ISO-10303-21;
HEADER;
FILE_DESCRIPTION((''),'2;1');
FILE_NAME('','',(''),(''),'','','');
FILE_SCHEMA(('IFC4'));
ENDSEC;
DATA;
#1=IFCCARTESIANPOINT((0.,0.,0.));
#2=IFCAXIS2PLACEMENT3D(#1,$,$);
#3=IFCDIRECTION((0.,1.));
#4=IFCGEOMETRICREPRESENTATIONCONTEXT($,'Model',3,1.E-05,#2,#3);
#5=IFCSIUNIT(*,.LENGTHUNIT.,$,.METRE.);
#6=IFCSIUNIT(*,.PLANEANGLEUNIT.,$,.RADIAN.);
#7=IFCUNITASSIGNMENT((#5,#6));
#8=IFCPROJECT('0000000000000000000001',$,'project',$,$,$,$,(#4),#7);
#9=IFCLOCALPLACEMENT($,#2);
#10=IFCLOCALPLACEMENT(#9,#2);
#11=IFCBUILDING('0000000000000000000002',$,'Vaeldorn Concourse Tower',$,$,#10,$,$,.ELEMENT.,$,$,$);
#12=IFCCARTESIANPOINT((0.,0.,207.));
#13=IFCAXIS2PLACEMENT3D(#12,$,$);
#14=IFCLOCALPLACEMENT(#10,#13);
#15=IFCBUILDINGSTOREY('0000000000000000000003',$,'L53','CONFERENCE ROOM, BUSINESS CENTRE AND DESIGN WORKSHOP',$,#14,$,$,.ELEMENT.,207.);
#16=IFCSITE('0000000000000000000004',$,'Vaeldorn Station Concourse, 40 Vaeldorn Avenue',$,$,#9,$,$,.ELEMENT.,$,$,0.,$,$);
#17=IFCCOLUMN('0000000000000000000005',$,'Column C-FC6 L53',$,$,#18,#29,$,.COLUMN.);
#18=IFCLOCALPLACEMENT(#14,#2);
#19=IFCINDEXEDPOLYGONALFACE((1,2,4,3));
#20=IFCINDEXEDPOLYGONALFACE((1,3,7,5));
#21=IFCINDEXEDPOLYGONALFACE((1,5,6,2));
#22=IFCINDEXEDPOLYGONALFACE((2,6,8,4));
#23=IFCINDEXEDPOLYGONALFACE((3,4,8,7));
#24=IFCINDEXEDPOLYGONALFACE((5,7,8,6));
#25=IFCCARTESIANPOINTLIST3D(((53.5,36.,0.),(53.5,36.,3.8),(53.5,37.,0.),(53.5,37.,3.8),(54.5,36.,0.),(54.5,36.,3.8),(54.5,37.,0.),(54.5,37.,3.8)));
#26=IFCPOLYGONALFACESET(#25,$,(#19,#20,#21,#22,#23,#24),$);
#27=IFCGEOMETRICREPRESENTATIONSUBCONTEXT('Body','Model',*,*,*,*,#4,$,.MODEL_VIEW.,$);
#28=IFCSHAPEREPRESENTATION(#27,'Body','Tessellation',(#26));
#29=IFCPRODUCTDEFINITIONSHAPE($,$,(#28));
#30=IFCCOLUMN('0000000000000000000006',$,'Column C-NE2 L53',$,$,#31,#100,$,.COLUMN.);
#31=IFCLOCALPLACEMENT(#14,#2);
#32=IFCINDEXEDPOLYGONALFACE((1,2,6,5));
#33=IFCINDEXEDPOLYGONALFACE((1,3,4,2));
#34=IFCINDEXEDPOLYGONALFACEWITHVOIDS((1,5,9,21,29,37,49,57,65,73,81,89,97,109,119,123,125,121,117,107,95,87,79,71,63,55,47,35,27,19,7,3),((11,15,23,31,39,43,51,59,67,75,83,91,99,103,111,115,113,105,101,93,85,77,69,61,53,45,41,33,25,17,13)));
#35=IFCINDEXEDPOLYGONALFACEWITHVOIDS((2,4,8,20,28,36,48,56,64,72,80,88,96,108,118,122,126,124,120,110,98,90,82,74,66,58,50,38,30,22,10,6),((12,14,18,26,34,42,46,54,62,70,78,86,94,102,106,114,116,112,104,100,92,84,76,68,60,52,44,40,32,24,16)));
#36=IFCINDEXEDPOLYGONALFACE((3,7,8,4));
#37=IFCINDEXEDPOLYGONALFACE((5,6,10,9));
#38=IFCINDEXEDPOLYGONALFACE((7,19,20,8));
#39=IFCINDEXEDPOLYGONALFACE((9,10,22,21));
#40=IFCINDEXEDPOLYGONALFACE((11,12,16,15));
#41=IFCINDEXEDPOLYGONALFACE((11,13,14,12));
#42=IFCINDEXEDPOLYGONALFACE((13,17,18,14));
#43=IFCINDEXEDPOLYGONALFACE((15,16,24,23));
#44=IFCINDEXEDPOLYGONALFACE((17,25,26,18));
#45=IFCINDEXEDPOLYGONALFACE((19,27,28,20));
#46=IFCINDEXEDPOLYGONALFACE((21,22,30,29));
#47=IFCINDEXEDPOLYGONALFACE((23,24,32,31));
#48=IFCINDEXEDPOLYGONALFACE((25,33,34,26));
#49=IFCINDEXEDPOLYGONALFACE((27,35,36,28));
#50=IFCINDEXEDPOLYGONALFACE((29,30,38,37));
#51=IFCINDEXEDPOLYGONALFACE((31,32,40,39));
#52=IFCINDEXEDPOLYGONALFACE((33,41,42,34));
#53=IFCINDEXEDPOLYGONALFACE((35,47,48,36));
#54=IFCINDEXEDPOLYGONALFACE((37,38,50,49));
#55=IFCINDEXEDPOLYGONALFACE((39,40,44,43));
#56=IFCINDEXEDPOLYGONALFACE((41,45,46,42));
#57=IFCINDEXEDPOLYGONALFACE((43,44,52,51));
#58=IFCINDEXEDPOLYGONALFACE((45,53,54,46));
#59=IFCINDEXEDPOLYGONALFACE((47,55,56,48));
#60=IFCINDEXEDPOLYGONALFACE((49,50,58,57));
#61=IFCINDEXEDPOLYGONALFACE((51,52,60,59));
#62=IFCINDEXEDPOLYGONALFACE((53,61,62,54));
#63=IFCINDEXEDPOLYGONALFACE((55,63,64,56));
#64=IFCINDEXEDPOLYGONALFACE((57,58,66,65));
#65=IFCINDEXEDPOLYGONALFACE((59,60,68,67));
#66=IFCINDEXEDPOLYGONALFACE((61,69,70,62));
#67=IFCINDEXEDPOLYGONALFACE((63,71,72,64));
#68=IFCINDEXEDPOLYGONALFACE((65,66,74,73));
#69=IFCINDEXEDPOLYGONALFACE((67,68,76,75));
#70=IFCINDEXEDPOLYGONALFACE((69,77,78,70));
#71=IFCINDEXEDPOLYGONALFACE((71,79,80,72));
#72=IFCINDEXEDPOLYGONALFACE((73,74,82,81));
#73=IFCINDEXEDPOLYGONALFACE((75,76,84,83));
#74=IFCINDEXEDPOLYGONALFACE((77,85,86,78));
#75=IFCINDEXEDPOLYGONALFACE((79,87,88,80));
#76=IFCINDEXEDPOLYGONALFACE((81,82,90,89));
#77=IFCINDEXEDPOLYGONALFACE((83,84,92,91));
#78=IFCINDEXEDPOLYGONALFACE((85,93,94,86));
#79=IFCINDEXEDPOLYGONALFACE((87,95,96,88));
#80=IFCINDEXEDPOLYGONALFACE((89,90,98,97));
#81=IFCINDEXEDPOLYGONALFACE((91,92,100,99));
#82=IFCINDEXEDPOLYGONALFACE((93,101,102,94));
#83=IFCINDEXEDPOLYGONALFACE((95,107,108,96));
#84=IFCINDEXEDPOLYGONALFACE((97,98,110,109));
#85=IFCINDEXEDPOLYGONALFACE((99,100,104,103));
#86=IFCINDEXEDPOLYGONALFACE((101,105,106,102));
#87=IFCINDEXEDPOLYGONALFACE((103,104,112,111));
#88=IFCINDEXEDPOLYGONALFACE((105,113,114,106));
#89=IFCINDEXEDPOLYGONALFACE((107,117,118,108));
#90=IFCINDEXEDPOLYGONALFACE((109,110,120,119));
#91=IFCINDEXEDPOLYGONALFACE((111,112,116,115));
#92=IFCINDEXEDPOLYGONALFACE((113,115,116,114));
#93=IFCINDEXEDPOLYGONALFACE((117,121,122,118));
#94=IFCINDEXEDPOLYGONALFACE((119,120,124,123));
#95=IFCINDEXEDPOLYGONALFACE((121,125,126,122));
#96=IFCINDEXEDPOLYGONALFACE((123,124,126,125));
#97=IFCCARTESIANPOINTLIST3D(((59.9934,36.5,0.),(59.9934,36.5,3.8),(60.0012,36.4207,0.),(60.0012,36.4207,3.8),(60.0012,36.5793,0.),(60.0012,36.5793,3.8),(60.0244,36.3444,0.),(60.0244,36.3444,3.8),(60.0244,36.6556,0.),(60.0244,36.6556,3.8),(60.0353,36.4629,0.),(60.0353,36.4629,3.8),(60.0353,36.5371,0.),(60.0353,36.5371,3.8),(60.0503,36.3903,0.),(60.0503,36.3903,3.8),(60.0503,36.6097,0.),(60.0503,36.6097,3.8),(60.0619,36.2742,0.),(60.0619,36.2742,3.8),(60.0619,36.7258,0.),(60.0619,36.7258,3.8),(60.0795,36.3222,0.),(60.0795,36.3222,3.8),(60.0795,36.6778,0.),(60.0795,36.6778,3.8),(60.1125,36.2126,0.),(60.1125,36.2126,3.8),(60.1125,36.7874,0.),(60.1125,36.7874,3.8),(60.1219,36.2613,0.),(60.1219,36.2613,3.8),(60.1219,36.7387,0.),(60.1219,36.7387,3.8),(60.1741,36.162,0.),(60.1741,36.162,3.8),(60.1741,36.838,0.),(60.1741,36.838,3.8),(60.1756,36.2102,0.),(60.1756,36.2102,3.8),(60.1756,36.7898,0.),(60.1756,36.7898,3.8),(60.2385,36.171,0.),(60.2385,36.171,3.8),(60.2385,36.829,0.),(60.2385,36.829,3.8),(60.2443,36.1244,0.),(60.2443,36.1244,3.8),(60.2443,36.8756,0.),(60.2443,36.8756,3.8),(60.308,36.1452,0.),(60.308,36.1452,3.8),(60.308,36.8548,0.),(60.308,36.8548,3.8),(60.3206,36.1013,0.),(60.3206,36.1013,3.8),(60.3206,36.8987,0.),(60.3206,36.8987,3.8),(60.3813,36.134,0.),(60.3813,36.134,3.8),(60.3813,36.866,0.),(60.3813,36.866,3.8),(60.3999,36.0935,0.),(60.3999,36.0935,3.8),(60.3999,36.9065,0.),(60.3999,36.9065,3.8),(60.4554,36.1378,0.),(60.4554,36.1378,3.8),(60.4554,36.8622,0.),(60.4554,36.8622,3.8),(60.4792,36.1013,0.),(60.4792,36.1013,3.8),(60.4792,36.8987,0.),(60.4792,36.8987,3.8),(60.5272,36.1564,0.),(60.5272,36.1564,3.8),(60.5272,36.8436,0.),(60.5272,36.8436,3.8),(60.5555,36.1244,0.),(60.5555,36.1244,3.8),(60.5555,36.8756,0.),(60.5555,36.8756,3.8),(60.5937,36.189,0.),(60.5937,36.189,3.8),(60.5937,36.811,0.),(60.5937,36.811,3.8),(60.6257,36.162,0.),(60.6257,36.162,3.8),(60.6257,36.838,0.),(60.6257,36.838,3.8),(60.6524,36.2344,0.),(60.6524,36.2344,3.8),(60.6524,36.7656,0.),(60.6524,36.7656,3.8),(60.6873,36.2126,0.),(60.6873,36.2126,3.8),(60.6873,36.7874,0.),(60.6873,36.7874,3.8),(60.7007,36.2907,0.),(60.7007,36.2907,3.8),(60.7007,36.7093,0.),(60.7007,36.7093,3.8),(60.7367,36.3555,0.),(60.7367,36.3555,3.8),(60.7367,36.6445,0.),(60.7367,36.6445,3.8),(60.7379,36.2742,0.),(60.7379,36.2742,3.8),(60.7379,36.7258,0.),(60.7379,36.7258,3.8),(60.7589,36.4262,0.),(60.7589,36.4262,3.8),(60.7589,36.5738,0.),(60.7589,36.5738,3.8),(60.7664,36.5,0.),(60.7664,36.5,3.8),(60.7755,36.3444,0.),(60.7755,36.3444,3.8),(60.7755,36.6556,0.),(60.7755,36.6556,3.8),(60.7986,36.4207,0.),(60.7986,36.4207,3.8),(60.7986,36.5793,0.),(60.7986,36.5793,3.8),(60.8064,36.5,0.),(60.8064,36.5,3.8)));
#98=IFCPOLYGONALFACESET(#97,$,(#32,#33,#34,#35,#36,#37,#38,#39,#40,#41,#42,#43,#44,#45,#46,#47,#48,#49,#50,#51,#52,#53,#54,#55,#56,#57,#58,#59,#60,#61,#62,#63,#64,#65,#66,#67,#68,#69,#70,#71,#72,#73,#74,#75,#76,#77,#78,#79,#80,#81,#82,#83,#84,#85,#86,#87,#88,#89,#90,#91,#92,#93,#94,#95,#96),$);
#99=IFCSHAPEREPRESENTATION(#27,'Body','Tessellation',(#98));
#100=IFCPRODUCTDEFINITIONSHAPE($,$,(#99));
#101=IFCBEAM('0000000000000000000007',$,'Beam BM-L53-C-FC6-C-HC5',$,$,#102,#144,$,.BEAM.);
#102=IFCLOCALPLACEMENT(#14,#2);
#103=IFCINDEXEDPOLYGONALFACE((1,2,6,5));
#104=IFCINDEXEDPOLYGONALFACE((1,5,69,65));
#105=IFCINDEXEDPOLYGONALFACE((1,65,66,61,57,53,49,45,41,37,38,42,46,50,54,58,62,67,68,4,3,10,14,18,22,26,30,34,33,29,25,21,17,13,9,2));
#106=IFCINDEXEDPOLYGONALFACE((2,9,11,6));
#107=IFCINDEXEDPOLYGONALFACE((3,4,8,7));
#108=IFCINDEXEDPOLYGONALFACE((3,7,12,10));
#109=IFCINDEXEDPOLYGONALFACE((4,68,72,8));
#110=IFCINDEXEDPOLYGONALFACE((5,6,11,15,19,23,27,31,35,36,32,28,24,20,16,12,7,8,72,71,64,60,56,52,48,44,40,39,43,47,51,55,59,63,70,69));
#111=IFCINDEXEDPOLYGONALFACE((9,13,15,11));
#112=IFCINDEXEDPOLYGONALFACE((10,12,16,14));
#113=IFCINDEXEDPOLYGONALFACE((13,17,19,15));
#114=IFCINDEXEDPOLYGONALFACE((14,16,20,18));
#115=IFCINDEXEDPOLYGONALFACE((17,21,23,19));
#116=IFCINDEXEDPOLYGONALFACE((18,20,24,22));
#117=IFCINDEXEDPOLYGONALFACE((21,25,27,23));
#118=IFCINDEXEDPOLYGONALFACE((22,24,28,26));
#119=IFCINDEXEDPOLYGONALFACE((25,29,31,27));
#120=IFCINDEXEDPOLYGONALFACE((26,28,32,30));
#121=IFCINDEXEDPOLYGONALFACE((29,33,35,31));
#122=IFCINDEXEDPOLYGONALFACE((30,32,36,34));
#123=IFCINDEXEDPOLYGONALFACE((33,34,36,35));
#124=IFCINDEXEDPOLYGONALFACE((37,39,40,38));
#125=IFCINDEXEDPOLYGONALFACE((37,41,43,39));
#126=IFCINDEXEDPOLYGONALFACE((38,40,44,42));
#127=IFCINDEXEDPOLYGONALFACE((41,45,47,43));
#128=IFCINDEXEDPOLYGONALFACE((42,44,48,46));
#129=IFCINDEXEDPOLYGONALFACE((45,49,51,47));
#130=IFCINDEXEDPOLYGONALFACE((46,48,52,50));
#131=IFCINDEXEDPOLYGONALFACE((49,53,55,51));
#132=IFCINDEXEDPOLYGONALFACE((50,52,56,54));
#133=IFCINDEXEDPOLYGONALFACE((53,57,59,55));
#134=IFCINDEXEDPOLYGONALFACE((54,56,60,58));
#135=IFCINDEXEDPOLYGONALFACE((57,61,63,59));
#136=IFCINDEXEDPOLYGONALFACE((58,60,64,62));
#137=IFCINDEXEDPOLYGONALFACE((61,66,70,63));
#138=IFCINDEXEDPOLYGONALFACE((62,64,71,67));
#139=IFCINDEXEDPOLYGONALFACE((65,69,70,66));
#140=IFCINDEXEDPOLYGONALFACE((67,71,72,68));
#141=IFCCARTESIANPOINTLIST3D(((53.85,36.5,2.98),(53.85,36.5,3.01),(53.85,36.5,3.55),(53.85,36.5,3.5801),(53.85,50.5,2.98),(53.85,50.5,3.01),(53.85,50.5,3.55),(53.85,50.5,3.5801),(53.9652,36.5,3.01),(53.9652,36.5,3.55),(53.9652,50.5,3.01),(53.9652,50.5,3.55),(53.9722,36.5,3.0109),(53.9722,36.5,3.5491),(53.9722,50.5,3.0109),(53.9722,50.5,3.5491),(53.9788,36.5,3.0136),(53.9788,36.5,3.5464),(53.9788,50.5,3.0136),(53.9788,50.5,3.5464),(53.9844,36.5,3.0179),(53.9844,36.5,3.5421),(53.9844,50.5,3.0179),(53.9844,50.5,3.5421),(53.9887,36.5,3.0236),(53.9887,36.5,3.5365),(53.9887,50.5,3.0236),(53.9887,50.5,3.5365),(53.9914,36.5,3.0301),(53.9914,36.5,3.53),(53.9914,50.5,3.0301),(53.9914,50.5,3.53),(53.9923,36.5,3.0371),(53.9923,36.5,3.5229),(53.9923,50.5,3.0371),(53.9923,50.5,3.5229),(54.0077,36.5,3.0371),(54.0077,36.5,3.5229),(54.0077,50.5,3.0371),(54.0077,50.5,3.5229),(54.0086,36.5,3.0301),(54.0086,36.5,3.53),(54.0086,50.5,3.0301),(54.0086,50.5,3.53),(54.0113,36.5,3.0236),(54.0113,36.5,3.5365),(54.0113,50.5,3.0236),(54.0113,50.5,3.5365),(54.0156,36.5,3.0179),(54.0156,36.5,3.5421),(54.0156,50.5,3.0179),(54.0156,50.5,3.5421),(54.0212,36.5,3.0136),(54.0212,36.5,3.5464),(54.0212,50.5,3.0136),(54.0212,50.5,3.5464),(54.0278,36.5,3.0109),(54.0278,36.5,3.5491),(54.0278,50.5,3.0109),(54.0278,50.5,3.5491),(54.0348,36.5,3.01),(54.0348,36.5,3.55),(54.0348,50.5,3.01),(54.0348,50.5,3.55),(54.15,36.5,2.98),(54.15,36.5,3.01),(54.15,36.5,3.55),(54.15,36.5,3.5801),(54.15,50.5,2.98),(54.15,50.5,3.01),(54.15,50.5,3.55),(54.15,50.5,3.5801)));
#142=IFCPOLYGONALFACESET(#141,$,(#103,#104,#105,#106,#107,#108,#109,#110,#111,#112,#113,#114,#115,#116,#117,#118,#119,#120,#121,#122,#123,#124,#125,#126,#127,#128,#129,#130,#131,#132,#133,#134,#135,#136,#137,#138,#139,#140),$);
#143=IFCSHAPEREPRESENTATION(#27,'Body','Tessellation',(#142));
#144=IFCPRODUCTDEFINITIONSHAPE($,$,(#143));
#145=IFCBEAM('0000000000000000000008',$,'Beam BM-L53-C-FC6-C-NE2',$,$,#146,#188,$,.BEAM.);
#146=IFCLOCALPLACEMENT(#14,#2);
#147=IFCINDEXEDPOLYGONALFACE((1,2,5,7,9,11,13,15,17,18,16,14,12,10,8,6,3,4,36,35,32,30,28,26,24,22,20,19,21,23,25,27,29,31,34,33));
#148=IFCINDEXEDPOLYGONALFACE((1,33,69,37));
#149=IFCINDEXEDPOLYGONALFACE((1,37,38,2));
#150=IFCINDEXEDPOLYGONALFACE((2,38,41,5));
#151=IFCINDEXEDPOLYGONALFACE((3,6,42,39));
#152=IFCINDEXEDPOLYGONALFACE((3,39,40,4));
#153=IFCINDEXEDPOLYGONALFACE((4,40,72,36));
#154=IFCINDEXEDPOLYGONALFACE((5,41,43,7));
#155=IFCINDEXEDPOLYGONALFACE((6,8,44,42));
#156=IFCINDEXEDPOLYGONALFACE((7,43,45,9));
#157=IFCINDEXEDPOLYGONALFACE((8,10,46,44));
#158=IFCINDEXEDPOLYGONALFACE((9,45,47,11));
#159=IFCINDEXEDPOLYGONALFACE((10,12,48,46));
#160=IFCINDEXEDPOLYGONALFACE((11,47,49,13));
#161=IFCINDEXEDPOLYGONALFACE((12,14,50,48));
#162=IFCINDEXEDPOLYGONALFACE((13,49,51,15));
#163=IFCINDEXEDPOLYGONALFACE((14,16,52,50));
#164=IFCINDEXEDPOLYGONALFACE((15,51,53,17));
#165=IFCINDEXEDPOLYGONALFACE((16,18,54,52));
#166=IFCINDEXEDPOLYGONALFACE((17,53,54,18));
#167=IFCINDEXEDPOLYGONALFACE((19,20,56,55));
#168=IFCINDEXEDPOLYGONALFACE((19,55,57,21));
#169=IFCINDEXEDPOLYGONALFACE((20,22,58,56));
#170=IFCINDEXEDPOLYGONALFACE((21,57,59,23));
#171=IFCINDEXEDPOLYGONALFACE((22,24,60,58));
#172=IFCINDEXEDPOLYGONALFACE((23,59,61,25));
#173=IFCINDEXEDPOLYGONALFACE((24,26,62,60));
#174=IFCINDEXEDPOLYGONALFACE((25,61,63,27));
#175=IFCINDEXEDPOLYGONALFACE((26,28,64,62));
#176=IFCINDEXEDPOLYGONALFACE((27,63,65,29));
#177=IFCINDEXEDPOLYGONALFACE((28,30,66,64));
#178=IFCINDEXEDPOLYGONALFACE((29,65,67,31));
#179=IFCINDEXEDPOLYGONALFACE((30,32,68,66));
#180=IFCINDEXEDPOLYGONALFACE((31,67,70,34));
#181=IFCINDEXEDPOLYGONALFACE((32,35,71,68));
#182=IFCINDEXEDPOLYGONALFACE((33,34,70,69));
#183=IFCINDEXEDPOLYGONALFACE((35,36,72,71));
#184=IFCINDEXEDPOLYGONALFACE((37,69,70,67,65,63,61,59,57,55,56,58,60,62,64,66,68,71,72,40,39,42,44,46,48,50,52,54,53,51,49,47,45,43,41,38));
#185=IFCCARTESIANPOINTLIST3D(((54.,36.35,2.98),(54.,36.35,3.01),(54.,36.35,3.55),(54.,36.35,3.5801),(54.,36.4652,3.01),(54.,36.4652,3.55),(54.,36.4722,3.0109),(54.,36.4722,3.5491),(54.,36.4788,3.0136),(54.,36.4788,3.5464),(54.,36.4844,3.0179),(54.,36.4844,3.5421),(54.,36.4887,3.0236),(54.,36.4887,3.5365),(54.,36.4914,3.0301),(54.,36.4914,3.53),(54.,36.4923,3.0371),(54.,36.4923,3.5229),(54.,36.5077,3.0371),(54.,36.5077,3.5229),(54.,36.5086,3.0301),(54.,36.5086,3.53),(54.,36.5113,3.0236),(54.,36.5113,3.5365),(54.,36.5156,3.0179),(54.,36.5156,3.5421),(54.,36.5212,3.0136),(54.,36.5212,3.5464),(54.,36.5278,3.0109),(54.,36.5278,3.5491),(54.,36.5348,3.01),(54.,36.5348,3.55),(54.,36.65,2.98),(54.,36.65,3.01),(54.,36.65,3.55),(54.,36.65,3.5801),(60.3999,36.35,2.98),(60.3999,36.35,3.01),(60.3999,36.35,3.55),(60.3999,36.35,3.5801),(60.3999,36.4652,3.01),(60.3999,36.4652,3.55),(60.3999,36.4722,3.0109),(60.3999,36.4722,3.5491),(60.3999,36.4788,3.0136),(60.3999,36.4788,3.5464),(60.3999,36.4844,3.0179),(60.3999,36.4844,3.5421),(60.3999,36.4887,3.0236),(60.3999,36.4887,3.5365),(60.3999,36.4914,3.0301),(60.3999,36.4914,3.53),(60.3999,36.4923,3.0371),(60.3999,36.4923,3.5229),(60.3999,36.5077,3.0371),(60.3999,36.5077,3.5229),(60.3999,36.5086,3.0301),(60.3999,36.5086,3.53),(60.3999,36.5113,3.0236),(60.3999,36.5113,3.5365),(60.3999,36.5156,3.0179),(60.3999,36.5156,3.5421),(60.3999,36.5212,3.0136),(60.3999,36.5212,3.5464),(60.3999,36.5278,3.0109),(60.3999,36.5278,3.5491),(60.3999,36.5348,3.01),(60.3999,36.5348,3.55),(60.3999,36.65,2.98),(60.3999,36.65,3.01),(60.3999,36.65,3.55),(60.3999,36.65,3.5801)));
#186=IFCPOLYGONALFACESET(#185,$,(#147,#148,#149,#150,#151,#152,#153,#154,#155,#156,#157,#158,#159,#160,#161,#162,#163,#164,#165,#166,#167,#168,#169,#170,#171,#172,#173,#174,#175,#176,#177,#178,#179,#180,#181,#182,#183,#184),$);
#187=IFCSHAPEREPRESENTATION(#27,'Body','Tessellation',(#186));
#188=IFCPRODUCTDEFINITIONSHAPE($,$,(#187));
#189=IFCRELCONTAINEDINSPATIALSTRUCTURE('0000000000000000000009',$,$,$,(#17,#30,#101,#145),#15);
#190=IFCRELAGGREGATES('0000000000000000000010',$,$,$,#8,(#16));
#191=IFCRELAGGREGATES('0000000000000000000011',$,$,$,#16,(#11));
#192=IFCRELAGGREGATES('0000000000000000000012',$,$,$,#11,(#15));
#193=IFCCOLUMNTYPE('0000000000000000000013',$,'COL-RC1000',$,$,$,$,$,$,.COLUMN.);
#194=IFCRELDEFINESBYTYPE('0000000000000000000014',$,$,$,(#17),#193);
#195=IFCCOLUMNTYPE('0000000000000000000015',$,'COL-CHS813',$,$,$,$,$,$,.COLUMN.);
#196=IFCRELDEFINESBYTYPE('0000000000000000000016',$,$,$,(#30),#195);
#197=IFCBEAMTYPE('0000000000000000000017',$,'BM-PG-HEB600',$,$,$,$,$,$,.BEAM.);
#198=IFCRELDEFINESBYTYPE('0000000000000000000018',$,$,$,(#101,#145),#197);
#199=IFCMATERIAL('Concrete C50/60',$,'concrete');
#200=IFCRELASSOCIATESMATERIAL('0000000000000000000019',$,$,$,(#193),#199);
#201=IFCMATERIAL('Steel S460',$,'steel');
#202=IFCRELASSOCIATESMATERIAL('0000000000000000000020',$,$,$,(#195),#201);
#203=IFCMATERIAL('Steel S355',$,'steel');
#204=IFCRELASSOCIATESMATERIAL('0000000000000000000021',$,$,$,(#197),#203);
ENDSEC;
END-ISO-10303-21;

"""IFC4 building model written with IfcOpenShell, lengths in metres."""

from ifc_helpers import new_model, si_unit, direction, frame, origin, origin_2d, place, context, subcontext, project, spatial, rectangle, hollow_circle, i_section, extrude, source, transform, mapped, material, material_profile, profile_set, type_object, element, save


model = new_model("IFC4")

# Units and contexts
model_context = context("Model", 3, precision=1e-05, world=origin(), true_north=direction((0.0, 1.0)))
body_context = subcontext(model_context, "Body", "Model", "MODEL_VIEW")
ifc_project = project(units=[si_unit("LENGTHUNIT", "METRE"), si_unit("PLANEANGLEUNIT", "RADIAN")], contexts=[model_context])

# Site, building, storey
site_placement = place(None, origin())
site = spatial("IfcSite", under=ifc_project, at=site_placement, Name="Vaeldorn Station Concourse, 40 Vaeldorn Avenue", CompositionType="ELEMENT", RefElevation=0.0)
building_placement = place(site_placement, origin())
building = spatial("IfcBuilding", under=site, at=building_placement, Name="Vaeldorn Concourse Tower", CompositionType="ELEMENT")
storey_placement = place(building_placement, frame((0.0, 0.0, 207.0)))
storey = spatial("IfcBuildingStorey", under=building, at=storey_placement, Name="L53", Description="CONFERENCE ROOM, BUSINESS CENTRE AND DESIGN WORKSHOP", CompositionType="ELEMENT", Elevation=207.0)

# Columns
ifc_material_1 = material(Name="Concrete C50/60", Category="concrete")
ifc_material_profile_1 = material_profile(ifc_material_1, rectangle(XDim=1.0, YDim=1.0, at=origin_2d()), Name="RC 1000x1000")
ifc_profile_set_1 = profile_set([ifc_material_profile_1], Name="Concrete C50/60")
column_type_1 = type_object("IfcColumnType", Name="COL-RC1000", PredefinedType="COLUMN", material=ifc_profile_set_1)
shared_shape_1 = source(origin(), body_context, "Body", "SweptSolid", [
    extrude(rectangle(XDim=1.0, YDim=1.0, at=origin_2d()), origin(), (0.0, 0.0, 1.0), 3.8),
])
column_1_placement = place(storey_placement, frame((54.0, 36.5, 0.0), z_axis=(0.0, 0.0, 1.0), x_axis=(1.0, 0.0, 0.0)))
element("IfcColumn", 1, at=column_1_placement, inside=storey, type_object=column_type_1, Name="Column C-FC6 L53", PredefinedType="COLUMN", context=body_context, shape_type="MappedRepresentation", body=[
    mapped(shared_shape_1, transform((0.0, 0.0, 0.0), scale=1.0)),
])
ifc_material_2 = material(Name="Steel S460", Category="steel")
ifc_material_profile_2 = material_profile(ifc_material_2, hollow_circle(Radius=0.4065, WallThickness=0.04, at=origin_2d()), Name="CHS 813x40")
ifc_profile_set_2 = profile_set([ifc_material_profile_2], Name="Steel S460")
column_type_2 = type_object("IfcColumnType", Name="COL-CHS813", PredefinedType="COLUMN", material=ifc_profile_set_2)
shared_shape_2 = source(origin(), body_context, "Body", "SweptSolid", [
    extrude(hollow_circle(Radius=0.4065, WallThickness=0.04, at=origin_2d()), origin(), (0.0, 0.0, 1.0), 3.8),
])
column_2_placement = place(storey_placement, frame((60.3999, 36.5, 0.0), z_axis=(0.0, 0.0, 1.0), x_axis=(1.0, 0.0, 0.0)))
element("IfcColumn", 2, at=column_2_placement, inside=storey, type_object=column_type_2, Name="Column C-NE2 L53", PredefinedType="COLUMN", context=body_context, shape_type="MappedRepresentation", body=[
    mapped(shared_shape_2, transform((0.0, 0.0, 0.0), scale=1.0)),
])

# Beams
ifc_material_3 = material(Name="Steel S355", Category="steel")
ifc_material_profile_3 = material_profile(ifc_material_3, i_section(OverallWidth=0.3, OverallDepth=0.6001, WebThickness=0.0154, FlangeThickness=0.03, FilletRadius=0.0271, at=origin_2d()), Name="HEB 600")
ifc_profile_set_3 = profile_set([ifc_material_profile_3], Name="Steel S355")
beam_type_1 = type_object("IfcBeamType", Name="BM-PG-HEB600", PredefinedType="BEAM", material=ifc_profile_set_3)
shared_shape_3 = source(origin(), body_context, "Body", "SweptSolid", [
    extrude(i_section(OverallWidth=0.3, OverallDepth=0.6001, WebThickness=0.0154, FlangeThickness=0.03, FilletRadius=0.0271, at=origin_2d()), origin(), (0.0, 0.0, 1.0), 14.0),
])
beam_1_placement = place(storey_placement, frame((54.0, 36.5, 3.28), z_axis=(0.0, 1.0, 0.0), x_axis=(-1.0, 0.0, 0.0)))
element("IfcBeam", 3, at=beam_1_placement, inside=storey, type_object=beam_type_1, Name="Beam BM-L53-C-FC6-C-HC5", PredefinedType="BEAM", context=body_context, shape_type="MappedRepresentation", body=[
    mapped(shared_shape_3, transform((0.0, 0.0, 0.0), scale=1.0)),
])
shared_shape_4 = source(origin(), body_context, "Body", "SweptSolid", [
    extrude(i_section(OverallWidth=0.3, OverallDepth=0.6001, WebThickness=0.0154, FlangeThickness=0.03, FilletRadius=0.0271, at=origin_2d()), origin(), (0.0, 0.0, 1.0), 6.3999),
])
beam_2_placement = place(storey_placement, frame((54.0, 36.5, 3.28), z_axis=(1.0, 0.0, 0.0), x_axis=(0.0, 1.0, 0.0)))
element("IfcBeam", 4, at=beam_2_placement, inside=storey, type_object=beam_type_1, Name="Beam BM-L53-C-FC6-C-NE2", PredefinedType="BEAM", context=body_context, shape_type="MappedRepresentation", body=[
    mapped(shared_shape_4, transform((0.0, 0.0, 0.0), scale=1.0)),
])

save(model, "model.ifc")
